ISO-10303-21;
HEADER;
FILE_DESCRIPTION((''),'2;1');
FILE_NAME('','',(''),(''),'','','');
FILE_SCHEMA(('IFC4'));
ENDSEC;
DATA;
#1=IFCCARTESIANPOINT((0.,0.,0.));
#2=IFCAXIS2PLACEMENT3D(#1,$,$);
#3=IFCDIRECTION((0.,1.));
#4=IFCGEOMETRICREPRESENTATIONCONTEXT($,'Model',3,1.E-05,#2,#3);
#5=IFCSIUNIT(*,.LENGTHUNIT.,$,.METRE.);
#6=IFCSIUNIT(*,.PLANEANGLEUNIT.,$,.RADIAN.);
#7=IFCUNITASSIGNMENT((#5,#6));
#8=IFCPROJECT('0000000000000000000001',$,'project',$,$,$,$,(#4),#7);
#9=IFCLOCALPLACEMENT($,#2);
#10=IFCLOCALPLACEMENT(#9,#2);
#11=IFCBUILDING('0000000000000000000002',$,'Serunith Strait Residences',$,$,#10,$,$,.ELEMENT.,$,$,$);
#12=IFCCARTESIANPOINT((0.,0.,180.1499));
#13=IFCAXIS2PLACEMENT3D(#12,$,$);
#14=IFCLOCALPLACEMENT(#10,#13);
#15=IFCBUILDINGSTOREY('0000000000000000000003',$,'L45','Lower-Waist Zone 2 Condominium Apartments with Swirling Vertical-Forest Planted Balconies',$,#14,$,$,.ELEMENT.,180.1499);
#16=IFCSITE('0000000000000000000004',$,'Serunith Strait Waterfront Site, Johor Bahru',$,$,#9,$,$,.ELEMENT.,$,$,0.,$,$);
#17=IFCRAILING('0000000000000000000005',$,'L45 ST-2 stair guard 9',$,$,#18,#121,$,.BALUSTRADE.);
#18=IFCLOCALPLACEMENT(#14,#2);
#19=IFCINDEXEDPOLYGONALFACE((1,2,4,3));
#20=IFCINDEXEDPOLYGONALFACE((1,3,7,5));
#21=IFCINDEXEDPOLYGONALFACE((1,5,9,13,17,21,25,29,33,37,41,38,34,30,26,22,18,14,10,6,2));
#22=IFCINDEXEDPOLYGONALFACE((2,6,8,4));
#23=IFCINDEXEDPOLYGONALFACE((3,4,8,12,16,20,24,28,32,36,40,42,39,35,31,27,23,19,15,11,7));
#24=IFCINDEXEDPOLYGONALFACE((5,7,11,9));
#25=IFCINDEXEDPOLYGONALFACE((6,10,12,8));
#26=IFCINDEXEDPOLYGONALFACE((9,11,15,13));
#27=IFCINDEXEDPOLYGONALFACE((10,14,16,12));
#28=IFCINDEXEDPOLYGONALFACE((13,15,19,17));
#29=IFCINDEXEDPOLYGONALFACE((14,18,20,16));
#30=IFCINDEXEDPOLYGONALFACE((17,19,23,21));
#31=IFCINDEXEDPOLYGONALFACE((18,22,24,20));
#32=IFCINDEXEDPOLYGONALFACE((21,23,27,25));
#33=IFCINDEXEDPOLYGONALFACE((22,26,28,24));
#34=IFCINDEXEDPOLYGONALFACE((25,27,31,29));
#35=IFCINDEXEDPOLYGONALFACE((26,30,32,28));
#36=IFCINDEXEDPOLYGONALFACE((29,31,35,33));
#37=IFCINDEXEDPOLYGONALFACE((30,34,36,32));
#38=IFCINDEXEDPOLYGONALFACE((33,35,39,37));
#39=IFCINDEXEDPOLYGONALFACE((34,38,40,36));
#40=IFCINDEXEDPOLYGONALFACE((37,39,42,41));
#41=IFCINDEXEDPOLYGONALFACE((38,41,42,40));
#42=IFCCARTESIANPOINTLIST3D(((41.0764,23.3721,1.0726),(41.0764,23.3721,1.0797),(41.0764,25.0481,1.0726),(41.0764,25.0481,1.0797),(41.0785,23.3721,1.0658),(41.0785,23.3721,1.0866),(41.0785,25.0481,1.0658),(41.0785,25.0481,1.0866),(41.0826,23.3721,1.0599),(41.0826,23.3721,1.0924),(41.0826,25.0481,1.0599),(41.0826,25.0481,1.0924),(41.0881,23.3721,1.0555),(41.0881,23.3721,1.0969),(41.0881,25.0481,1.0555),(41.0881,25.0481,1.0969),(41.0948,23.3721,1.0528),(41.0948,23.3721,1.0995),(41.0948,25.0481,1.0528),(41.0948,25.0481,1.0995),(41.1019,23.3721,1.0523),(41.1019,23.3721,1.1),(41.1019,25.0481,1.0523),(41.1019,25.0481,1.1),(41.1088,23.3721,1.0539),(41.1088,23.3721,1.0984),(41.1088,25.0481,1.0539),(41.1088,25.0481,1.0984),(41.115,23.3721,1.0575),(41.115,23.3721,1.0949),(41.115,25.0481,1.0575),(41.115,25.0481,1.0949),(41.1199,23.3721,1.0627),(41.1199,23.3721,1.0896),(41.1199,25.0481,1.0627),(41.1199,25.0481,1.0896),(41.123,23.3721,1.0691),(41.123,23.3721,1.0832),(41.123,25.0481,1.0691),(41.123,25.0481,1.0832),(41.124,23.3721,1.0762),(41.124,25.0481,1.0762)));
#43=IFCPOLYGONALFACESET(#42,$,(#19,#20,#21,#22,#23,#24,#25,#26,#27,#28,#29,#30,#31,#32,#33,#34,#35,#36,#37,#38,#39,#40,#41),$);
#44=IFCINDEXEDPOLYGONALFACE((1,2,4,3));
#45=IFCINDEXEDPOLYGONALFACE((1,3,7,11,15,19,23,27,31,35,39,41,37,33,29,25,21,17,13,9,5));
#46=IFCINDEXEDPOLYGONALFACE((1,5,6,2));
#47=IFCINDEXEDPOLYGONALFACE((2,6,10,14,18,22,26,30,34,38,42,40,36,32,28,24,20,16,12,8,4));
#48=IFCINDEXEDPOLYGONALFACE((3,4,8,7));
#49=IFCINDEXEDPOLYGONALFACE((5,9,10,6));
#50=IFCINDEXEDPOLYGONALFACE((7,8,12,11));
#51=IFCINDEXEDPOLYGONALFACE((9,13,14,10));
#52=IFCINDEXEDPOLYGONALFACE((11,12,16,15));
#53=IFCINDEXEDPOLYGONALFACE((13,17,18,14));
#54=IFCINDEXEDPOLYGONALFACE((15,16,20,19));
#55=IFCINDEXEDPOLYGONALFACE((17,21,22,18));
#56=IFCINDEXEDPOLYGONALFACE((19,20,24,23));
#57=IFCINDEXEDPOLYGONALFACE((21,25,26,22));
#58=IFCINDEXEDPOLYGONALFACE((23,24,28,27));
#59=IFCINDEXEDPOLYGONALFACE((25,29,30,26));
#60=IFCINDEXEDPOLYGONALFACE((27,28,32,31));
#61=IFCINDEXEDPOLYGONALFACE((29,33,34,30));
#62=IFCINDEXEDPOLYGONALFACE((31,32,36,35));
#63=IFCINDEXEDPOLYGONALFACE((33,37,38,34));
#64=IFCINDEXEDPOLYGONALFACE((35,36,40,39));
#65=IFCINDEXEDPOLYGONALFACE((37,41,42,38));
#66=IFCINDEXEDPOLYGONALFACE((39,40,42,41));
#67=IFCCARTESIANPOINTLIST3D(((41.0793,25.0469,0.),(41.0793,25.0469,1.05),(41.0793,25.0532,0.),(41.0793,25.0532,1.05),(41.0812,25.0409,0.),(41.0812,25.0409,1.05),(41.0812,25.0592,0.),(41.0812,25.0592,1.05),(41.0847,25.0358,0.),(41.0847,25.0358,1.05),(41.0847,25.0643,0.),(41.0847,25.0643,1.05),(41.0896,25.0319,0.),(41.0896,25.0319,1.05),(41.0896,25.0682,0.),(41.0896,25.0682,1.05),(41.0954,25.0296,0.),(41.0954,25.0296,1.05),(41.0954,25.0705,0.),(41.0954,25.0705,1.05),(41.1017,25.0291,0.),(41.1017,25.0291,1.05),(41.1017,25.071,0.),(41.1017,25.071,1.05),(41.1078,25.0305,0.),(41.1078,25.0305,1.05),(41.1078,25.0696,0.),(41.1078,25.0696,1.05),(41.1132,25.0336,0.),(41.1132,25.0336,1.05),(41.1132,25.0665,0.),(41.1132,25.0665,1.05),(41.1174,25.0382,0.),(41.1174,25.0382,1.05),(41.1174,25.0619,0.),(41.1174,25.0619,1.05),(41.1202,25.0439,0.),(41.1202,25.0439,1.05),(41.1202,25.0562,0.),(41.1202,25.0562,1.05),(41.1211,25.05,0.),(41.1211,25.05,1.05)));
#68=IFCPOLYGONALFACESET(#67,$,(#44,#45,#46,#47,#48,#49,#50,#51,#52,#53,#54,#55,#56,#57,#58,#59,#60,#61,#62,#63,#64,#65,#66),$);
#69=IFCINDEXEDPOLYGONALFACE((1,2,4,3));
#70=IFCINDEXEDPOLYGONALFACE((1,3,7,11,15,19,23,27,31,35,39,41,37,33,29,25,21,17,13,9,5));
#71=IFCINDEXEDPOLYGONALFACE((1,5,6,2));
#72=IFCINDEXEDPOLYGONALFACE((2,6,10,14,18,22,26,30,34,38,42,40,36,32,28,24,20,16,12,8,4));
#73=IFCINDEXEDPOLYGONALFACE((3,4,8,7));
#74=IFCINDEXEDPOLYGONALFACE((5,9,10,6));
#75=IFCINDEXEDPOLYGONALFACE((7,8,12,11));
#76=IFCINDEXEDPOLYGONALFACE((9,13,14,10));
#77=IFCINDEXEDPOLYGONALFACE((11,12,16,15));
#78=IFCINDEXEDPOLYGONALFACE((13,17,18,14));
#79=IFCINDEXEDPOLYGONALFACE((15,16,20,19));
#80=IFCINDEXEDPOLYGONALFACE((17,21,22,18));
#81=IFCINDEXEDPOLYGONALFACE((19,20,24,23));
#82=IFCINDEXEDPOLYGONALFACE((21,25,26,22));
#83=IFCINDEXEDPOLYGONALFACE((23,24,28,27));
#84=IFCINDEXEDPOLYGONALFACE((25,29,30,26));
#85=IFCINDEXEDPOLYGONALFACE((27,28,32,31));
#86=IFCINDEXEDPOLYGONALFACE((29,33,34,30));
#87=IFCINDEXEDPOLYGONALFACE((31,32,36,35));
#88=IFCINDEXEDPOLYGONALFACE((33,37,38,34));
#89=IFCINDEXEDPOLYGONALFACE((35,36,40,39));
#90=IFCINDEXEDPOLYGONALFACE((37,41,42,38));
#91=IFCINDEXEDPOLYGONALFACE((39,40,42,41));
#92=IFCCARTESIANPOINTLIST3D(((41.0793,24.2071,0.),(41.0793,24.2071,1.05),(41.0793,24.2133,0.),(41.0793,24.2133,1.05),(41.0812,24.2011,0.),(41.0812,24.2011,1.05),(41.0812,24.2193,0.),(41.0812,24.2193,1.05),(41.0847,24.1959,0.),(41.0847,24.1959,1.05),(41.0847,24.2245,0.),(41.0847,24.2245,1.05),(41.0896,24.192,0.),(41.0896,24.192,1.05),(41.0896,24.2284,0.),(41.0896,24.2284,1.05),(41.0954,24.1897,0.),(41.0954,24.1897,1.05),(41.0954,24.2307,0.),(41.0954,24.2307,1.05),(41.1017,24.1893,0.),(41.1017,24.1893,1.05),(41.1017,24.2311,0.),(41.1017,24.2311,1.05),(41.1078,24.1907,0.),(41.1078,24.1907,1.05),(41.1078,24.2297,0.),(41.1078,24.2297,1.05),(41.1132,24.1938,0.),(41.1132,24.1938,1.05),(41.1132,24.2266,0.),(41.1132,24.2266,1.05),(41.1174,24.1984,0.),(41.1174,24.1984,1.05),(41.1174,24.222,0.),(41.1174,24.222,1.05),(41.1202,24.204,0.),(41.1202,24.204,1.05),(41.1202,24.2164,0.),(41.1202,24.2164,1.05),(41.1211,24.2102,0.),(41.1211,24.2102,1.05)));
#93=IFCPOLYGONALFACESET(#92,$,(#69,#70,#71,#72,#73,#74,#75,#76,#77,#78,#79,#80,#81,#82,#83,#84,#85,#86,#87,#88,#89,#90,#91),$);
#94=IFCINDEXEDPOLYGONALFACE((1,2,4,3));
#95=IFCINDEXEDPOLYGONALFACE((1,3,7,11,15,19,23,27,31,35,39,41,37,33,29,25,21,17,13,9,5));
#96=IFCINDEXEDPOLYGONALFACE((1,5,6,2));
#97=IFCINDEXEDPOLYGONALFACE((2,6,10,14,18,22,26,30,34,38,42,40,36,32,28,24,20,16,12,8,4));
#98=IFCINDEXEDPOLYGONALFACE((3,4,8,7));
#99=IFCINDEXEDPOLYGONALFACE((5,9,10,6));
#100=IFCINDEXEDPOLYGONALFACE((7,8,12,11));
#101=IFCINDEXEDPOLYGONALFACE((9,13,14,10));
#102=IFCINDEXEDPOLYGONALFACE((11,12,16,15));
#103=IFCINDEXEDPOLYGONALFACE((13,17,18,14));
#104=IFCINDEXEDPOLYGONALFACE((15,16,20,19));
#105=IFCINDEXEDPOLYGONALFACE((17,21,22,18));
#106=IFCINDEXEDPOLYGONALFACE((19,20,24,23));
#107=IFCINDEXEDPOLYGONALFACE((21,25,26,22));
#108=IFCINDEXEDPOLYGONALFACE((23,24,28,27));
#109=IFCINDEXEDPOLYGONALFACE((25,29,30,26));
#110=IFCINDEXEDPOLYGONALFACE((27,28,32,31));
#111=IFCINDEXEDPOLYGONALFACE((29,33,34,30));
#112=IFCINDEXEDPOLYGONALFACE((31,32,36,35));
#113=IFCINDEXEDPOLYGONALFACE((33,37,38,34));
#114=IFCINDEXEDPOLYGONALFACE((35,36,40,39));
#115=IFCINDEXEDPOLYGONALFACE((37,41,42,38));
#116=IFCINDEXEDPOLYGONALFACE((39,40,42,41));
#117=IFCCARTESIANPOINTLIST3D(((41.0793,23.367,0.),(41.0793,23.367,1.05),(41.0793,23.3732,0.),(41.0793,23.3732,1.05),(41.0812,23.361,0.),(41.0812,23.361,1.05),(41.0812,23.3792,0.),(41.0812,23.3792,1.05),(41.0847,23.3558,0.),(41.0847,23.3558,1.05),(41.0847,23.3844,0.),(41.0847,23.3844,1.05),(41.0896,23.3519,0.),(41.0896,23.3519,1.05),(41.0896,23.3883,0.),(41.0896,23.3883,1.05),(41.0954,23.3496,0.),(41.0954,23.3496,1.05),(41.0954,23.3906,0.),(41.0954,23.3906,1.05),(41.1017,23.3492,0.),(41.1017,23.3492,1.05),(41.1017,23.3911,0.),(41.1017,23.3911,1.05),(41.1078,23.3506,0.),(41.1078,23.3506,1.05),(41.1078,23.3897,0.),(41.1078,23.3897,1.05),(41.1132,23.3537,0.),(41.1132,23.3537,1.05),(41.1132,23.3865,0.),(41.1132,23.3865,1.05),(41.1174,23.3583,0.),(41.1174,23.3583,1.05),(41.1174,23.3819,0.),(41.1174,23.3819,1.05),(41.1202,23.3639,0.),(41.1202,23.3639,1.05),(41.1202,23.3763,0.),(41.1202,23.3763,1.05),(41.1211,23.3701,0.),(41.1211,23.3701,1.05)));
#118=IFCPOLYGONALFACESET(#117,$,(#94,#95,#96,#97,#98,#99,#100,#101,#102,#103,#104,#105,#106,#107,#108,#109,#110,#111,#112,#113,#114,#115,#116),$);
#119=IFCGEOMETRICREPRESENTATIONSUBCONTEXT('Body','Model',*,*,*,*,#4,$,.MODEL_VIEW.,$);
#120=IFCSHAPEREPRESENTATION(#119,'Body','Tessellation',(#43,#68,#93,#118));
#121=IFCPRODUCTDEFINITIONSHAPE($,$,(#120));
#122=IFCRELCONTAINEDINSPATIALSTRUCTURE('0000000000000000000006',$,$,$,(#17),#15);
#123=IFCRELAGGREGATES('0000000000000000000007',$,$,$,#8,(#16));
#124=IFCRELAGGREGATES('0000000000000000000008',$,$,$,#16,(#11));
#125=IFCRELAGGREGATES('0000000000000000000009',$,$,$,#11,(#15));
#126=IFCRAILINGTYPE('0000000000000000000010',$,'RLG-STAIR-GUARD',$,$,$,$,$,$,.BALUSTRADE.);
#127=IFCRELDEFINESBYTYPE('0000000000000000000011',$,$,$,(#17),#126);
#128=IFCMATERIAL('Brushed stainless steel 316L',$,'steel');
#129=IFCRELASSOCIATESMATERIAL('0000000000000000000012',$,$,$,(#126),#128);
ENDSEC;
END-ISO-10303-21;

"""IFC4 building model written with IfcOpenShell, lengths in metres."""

from ifc_helpers import new_model, si_unit, direction, frame, origin, origin_2d, place, context, subcontext, project, spatial, circle, extrude, material, type_object, element, save


model = new_model("IFC4")

# Units and contexts
model_context = context("Model", 3, precision=1e-05, world=origin(), true_north=direction((0.0, 1.0)))
body_context = subcontext(model_context, "Body", "Model", "MODEL_VIEW")
ifc_project = project(units=[si_unit("LENGTHUNIT", "METRE"), si_unit("PLANEANGLEUNIT", "RADIAN")], contexts=[model_context])

# Site, building, storey
site_placement = place(None, origin())
site = spatial("IfcSite", under=ifc_project, at=site_placement, Name="Serunith Strait Waterfront Site, Johor Bahru", CompositionType="ELEMENT", RefElevation=0.0)
building_placement = place(site_placement, origin())
building = spatial("IfcBuilding", under=site, at=building_placement, Name="Serunith Strait Residences", CompositionType="ELEMENT")
storey_placement = place(building_placement, frame((0.0, 0.0, 180.1499)))
storey = spatial("IfcBuildingStorey", under=building, at=storey_placement, Name="L45", Description="Lower-Waist Zone 2 Condominium Apartments with Swirling Vertical-Forest Planted Balconies", CompositionType="ELEMENT", Elevation=180.1499)

# Railing
ifc_material_1 = material(Name="Brushed stainless steel 316L", Category="steel")
railing_type_1 = type_object("IfcRailingType", Name="RLG-STAIR-GUARD", PredefinedType="BALUSTRADE", material=ifc_material_1)
for number, where, name in (
    (1, (41.1001, 25.05, 0.0), "L45 ST-2 stair guard 9"),
):
    element("IfcRailing", number, at=place(storey_placement, frame(where)), inside=storey, type_object=railing_type_1, Name=name, PredefinedType="BALUSTRADE", context=body_context, shape_type="SweptSolid", body=[
        extrude(circle(Radius=0.0239, at=origin_2d()), frame((0.0, -0.002, 1.0762), z_axis=(0.0, -1.0, 0.0), x_axis=(1.0, 0.0, 0.0)), (0.0, 0.0, 1.0), 1.676),
        extrude(circle(Radius=0.021, at=origin_2d()), origin(), (0.0, 0.0, 1.0), 1.05),
        extrude(circle(Radius=0.021, at=origin_2d()), frame((0.0, -0.8398, 0.0)), (0.0, 0.0, 1.0), 1.05),
        extrude(circle(Radius=0.021, at=origin_2d()), frame((0.0, -1.6799, 0.0)), (0.0, 0.0, 1.0), 1.05),
    ])

save(model, "model.ifc")
